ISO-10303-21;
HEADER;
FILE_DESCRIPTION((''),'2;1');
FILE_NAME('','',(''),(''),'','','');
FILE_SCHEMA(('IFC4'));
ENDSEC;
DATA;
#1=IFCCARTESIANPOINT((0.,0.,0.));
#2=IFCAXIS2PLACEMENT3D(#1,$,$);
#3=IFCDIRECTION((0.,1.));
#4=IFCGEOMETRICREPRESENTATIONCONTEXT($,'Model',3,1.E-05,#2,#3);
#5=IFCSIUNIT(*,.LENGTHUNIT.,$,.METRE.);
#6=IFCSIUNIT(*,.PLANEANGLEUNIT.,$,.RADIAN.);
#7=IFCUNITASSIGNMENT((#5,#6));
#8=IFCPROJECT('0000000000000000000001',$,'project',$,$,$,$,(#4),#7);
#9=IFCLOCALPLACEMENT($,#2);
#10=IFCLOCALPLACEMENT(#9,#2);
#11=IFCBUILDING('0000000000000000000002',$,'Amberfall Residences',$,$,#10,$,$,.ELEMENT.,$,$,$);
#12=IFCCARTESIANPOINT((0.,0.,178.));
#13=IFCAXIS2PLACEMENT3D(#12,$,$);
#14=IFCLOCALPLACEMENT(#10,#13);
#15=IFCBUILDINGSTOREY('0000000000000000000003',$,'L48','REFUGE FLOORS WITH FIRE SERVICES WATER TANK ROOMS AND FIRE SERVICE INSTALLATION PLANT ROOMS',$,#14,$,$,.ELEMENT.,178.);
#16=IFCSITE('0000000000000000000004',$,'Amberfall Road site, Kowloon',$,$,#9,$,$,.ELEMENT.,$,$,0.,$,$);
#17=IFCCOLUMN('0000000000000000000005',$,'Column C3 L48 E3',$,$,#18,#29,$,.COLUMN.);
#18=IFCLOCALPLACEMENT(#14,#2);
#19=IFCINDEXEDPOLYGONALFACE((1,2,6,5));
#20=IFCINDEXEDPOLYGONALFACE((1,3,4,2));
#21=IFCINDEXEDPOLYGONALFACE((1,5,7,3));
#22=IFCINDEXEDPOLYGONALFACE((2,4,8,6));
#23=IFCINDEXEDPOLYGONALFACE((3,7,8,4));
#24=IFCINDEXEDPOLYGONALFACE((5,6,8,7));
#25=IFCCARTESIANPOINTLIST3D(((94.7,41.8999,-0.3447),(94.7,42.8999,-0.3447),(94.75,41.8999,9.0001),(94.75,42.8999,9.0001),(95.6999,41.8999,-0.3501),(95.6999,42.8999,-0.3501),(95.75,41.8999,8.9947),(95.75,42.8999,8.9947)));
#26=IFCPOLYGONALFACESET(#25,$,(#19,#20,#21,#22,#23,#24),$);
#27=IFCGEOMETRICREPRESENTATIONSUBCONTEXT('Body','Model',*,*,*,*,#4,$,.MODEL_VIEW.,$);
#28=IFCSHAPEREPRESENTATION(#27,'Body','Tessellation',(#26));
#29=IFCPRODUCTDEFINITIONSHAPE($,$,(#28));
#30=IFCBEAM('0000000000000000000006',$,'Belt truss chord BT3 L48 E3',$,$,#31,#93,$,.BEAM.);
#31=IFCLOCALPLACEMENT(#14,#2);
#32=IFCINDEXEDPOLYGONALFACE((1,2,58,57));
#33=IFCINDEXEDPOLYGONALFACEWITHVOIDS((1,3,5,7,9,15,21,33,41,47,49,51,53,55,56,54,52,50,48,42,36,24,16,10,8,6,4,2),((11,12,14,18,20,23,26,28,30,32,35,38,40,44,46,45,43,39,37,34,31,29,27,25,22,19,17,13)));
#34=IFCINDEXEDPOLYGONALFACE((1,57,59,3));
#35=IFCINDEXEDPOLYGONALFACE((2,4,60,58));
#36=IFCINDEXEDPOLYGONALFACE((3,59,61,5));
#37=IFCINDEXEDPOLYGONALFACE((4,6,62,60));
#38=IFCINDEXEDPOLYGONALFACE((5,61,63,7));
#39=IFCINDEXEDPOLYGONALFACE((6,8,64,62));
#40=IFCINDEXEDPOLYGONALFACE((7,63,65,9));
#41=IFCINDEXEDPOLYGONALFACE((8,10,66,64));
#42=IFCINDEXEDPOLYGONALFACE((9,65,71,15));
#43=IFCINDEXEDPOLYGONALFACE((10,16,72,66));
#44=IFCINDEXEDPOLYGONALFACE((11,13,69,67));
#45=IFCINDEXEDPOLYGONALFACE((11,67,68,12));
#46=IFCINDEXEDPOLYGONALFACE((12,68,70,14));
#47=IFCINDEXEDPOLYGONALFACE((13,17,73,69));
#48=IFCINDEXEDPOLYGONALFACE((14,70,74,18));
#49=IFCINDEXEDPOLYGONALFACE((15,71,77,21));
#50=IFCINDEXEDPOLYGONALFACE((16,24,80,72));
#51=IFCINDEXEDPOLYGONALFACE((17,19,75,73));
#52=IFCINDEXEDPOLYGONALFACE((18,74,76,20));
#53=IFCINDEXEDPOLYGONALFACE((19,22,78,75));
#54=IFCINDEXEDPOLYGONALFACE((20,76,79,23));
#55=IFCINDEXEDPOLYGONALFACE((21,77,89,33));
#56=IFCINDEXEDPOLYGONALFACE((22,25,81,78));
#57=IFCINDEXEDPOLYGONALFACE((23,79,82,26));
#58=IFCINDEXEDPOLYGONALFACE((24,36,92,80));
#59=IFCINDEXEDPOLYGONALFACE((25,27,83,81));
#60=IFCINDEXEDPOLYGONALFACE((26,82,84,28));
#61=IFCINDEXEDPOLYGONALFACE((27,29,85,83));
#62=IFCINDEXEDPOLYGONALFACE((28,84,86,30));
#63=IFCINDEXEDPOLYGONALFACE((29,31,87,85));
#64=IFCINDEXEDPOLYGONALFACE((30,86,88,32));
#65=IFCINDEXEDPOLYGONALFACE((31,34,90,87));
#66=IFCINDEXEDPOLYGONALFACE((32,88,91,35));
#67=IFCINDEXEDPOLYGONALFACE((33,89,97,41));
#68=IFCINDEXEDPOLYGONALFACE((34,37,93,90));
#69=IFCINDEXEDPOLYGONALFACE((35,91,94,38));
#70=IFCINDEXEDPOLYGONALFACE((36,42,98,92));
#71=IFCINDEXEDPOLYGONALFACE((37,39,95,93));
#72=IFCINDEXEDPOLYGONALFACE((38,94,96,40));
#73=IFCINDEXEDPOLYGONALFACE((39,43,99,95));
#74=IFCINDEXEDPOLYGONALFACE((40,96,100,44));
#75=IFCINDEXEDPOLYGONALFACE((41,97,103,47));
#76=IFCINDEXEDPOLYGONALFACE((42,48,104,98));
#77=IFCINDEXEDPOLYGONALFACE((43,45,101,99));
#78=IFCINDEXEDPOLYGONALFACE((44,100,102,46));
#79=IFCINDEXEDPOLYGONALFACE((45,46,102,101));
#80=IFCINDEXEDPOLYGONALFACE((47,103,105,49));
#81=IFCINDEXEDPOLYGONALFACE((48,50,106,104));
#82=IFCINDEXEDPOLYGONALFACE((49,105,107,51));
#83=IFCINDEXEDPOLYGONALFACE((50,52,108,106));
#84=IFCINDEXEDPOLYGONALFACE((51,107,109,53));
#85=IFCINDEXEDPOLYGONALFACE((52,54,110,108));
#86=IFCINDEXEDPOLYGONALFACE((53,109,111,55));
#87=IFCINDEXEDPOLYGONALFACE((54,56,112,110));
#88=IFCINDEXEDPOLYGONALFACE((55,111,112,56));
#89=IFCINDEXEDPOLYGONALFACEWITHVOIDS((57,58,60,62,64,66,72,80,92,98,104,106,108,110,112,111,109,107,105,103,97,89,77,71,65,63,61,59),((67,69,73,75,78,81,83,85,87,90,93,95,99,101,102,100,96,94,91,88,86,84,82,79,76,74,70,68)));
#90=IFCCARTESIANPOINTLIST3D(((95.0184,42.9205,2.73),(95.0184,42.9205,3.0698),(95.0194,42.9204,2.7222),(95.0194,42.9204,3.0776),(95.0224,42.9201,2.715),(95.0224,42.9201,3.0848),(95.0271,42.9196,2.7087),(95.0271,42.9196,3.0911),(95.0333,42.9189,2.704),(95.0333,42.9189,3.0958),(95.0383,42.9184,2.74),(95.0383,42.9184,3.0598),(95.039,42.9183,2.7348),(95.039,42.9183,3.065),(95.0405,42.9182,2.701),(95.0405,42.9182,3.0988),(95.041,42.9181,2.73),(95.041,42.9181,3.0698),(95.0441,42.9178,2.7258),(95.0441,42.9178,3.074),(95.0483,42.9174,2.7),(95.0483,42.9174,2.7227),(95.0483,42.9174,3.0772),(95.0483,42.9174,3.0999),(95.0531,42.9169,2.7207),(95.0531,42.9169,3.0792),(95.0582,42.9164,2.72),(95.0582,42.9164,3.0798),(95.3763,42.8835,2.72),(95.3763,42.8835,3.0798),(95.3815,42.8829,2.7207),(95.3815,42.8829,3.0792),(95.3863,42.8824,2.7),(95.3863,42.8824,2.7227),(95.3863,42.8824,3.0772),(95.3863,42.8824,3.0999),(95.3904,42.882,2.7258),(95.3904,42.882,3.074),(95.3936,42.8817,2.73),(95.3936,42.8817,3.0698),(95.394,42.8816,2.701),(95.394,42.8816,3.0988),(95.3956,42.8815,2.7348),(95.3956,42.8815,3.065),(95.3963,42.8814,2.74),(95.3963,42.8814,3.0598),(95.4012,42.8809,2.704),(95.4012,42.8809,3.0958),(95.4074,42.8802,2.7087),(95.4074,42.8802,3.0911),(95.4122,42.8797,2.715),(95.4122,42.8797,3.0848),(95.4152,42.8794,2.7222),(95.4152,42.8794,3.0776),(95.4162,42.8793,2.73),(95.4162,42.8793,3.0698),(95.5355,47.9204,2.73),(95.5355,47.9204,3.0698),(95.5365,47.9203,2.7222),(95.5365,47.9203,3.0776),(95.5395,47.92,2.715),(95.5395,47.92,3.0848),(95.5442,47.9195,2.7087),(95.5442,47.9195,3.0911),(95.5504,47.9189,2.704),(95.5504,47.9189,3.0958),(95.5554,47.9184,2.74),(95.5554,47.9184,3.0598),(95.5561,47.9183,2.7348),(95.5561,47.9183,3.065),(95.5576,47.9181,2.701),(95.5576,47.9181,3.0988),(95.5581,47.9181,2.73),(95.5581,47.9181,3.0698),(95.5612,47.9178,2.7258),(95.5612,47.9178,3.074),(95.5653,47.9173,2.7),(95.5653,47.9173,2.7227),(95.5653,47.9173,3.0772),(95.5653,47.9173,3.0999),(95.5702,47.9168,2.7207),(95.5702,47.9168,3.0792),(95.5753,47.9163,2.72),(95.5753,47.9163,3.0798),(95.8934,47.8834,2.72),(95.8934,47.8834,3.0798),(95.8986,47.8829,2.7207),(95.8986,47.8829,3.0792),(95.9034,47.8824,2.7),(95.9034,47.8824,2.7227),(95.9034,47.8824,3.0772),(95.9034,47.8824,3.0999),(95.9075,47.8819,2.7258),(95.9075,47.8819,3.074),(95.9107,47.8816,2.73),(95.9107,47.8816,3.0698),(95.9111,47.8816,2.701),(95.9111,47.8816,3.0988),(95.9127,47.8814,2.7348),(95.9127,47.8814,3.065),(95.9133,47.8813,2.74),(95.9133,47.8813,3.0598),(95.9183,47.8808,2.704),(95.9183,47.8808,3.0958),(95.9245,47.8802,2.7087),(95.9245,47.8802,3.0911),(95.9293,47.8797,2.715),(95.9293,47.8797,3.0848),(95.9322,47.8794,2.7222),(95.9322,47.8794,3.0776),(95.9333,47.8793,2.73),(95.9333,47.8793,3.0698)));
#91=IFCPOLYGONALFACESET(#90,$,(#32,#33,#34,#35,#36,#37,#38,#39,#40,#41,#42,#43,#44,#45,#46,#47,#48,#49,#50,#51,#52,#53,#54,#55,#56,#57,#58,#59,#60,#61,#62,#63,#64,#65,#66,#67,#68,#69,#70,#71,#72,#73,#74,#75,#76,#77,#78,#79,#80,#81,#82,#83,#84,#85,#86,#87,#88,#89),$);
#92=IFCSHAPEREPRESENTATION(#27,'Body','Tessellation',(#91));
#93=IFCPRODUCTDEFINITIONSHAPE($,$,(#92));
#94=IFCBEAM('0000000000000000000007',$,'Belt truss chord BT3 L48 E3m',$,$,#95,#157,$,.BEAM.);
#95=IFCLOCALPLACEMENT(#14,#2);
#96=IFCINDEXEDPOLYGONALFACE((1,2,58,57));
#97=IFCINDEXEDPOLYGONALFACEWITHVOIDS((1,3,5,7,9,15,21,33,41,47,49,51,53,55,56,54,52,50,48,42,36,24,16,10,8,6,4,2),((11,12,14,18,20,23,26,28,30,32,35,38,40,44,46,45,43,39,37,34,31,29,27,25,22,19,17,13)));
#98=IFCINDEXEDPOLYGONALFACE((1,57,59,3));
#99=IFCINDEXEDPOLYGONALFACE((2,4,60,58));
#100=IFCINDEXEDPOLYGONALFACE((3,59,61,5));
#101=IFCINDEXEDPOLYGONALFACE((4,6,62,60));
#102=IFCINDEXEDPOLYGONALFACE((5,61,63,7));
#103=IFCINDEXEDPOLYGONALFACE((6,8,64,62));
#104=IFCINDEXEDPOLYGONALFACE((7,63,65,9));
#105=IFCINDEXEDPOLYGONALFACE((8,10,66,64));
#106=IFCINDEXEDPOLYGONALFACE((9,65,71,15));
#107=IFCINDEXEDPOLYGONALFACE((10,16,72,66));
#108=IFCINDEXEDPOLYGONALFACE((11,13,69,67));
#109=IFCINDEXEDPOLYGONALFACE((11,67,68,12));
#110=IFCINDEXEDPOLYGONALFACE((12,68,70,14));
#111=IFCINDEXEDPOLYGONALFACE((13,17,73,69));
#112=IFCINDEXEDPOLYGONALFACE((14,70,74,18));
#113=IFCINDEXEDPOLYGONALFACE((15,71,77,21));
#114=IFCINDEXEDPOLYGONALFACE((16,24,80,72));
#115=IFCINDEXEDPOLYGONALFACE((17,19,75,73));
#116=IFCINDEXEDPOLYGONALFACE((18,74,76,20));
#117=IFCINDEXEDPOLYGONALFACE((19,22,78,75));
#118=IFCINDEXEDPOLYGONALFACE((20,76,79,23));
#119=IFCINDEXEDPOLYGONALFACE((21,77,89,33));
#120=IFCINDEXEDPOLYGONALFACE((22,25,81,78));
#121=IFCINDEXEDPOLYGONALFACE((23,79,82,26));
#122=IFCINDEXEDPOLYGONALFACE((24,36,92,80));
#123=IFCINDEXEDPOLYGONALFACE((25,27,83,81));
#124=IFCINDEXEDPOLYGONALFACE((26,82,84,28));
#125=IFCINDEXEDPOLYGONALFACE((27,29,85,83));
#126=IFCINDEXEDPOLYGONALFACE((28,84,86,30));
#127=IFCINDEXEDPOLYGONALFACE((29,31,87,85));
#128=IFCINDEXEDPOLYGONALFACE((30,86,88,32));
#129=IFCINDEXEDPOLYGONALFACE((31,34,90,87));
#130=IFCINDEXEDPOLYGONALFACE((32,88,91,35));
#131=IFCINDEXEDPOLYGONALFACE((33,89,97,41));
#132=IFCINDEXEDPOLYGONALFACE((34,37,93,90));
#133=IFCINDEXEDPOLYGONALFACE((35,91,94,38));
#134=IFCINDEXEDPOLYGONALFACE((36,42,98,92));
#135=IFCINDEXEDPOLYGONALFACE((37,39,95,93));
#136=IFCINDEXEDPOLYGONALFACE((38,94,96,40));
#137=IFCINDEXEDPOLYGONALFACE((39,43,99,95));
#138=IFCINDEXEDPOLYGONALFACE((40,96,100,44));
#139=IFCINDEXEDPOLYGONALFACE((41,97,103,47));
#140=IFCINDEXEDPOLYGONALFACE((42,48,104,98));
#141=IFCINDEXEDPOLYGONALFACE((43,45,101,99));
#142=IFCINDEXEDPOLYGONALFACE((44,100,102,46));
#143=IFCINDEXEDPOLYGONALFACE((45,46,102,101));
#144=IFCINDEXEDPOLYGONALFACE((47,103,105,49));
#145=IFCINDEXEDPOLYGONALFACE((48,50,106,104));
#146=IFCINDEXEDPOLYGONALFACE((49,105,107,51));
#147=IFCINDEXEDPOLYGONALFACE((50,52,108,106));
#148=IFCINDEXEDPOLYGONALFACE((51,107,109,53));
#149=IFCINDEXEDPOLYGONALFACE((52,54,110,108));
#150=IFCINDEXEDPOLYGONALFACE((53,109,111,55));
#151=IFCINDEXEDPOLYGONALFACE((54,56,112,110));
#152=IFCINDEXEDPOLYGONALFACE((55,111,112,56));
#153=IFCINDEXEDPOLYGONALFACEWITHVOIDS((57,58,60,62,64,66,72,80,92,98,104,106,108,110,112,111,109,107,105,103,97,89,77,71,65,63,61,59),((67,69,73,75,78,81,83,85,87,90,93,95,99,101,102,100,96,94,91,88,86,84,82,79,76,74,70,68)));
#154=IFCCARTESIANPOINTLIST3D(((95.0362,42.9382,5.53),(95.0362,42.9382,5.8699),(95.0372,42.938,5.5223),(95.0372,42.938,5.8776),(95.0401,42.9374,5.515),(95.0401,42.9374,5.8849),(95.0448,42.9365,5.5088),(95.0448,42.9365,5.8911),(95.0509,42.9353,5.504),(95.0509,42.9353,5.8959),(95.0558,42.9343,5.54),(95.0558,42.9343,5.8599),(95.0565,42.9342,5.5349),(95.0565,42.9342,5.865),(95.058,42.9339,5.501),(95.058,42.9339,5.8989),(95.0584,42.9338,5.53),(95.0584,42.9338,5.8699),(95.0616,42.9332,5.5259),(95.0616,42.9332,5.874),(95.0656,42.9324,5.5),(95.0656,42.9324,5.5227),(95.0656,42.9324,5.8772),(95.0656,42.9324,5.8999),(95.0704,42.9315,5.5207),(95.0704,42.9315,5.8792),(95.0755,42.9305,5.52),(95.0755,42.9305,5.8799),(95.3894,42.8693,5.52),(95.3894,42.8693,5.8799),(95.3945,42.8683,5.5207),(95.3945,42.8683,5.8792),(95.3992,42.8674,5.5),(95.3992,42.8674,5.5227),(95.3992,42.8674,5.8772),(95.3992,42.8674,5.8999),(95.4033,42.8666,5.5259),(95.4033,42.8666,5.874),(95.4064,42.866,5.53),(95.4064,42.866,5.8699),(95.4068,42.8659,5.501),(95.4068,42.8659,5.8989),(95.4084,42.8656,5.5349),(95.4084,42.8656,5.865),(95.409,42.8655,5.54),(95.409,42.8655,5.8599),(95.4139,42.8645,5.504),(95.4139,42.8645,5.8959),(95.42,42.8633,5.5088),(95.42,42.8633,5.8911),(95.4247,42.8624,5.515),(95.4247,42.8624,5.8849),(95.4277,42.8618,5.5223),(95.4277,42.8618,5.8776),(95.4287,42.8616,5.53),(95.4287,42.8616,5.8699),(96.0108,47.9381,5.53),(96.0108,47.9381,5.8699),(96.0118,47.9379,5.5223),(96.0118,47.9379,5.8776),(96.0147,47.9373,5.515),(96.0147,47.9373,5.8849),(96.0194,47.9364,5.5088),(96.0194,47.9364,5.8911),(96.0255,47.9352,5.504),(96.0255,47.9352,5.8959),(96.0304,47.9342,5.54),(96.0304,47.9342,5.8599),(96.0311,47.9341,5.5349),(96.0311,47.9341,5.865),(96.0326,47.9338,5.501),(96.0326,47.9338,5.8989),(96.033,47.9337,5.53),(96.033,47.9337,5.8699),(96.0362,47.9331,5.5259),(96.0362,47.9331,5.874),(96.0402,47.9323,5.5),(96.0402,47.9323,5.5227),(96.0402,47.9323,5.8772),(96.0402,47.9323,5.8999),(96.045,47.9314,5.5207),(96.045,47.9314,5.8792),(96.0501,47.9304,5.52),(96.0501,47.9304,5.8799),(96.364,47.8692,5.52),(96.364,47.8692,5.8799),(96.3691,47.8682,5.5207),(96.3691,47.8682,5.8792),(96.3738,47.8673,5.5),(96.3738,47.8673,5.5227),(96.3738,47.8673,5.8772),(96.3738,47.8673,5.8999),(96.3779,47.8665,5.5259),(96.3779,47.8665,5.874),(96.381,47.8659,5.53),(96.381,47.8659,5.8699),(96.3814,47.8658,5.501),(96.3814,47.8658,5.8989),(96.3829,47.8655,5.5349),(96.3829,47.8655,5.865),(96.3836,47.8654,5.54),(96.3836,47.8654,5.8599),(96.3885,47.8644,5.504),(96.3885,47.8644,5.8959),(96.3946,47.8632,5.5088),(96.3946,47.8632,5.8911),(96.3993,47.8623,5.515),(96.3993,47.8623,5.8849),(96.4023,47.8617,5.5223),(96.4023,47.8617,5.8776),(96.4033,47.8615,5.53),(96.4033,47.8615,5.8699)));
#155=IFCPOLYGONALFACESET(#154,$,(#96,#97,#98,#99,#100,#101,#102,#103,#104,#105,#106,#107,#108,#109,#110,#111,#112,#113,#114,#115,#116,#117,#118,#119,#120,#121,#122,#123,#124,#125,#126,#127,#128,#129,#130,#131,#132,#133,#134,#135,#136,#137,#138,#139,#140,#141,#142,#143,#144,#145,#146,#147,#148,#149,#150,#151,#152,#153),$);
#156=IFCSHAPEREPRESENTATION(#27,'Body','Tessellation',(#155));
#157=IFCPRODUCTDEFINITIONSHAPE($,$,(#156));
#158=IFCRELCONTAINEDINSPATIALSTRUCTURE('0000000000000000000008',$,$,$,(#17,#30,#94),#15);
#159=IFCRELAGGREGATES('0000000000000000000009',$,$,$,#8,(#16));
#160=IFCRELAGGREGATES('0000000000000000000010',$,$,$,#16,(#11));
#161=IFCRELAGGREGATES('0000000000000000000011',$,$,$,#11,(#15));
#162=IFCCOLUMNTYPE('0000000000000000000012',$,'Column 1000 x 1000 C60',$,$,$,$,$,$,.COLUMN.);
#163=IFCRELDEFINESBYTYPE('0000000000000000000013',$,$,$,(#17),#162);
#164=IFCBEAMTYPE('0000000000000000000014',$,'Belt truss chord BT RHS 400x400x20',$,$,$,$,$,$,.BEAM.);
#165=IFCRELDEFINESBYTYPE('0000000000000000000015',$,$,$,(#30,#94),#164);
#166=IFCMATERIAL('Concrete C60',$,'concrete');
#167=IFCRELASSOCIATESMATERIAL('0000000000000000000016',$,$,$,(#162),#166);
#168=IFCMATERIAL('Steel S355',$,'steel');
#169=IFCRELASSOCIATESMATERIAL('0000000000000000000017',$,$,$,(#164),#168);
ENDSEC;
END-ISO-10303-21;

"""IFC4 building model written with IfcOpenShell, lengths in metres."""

from ifc_helpers import new_model, si_unit, direction, frame, origin, origin_2d, place, context, subcontext, project, spatial, rectangle, hollow_rectangle, extrude, material, material_profile, profile_set, type_object, element, save


model = new_model("IFC4")

# Units and contexts
model_context = context("Model", 3, precision=1e-05, world=origin(), true_north=direction((0.0, 1.0)))
body_context = subcontext(model_context, "Body", "Model", "MODEL_VIEW")
ifc_project = project(units=[si_unit("LENGTHUNIT", "METRE"), si_unit("PLANEANGLEUNIT", "RADIAN")], contexts=[model_context])

# Site, building, storey
site_placement = place(None, origin())
site = spatial("IfcSite", under=ifc_project, at=site_placement, Name="Amberfall Road site, Kowloon", CompositionType="ELEMENT", RefElevation=0.0)
building_placement = place(site_placement, origin())
building = spatial("IfcBuilding", under=site, at=building_placement, Name="Amberfall Residences", CompositionType="ELEMENT")
storey_placement = place(building_placement, frame((0.0, 0.0, 178.0)))
storey = spatial("IfcBuildingStorey", under=building, at=storey_placement, Name="L48", Description="REFUGE FLOORS WITH FIRE SERVICES WATER TANK ROOMS AND FIRE SERVICE INSTALLATION PLANT ROOMS", CompositionType="ELEMENT", Elevation=178.0)

# Column
ifc_material_1 = material(Name="Concrete C60", Category="concrete")
ifc_material_profile_1 = material_profile(ifc_material_1, rectangle(XDim=1.0, YDim=1.0, at=origin_2d()), Name="Column 1000 x 1000 C60")
ifc_profile_set_1 = profile_set([ifc_material_profile_1], Name="Concrete C60")
column_type = type_object("IfcColumnType", Name="Column 1000 x 1000 C60", PredefinedType="COLUMN", material=ifc_profile_set_1)
column_placement = place(storey_placement, frame((95.2, 42.3999, -0.3474), z_axis=(0.005356, 0.0, 0.999986), x_axis=(0.0, 1.0, 0.0)))
element("IfcColumn", 1, at=column_placement, inside=storey, type_object=column_type, Name="Column C3 L48 E3", PredefinedType="COLUMN", context=body_context, shape_type="SweptSolid", body=[
    extrude(rectangle(XDim=1.0, YDim=1.0, at=origin_2d()), origin(), (0.0, 0.0, 1.0), 9.345),
])

# Beams
ifc_material_2 = material(Name="Steel S355", Category="steel")
ifc_material_profile_2 = material_profile(ifc_material_2, hollow_rectangle(XDim=0.3999, YDim=0.3999, WallThickness=0.02, InnerFilletRadius=0.02, OuterFilletRadius=0.03, at=origin_2d()), Name="RHS 400x400x20")
ifc_profile_set_2 = profile_set([ifc_material_profile_2], Name="Steel S355")
beam_type_1 = type_object("IfcBeamType", Name="Belt truss chord BT RHS 400x400x20", PredefinedType="BEAM", material=ifc_profile_set_2)
beam_1_placement = place(storey_placement, frame((95.2173, 42.8999, 2.8999), z_axis=(0.102869, 0.994695, 0.0), x_axis=(-0.994695, 0.102869, 0.0)))
element("IfcBeam", 2, at=beam_1_placement, inside=storey, type_object=beam_type_1, Name="Belt truss chord BT3 L48 E3", PredefinedType="BEAM", context=body_context, shape_type="SweptSolid", body=[
    extrude(hollow_rectangle(XDim=0.3999, YDim=0.3999, WallThickness=0.02, InnerFilletRadius=0.02, OuterFilletRadius=0.03, at=origin_2d()), origin(), (0.0, 0.0, 1.0), 5.0266),
])
beam_2_placement = place(storey_placement, frame((95.2324, 42.8999, 5.7), z_axis=(0.191321, 0.981527, 0.0), x_axis=(-0.981527, 0.191321, 0.0)))
element("IfcBeam", 3, at=beam_2_placement, inside=storey, type_object=beam_type_1, Name="Belt truss chord BT3 L48 E3m", PredefinedType="BEAM", context=body_context, shape_type="SweptSolid", body=[
    extrude(hollow_rectangle(XDim=0.3999, YDim=0.3999, WallThickness=0.02, InnerFilletRadius=0.02, OuterFilletRadius=0.03, at=origin_2d()), origin(), (0.0, 0.0, 1.0), 5.094),
])

save(model, "model.ifc")
